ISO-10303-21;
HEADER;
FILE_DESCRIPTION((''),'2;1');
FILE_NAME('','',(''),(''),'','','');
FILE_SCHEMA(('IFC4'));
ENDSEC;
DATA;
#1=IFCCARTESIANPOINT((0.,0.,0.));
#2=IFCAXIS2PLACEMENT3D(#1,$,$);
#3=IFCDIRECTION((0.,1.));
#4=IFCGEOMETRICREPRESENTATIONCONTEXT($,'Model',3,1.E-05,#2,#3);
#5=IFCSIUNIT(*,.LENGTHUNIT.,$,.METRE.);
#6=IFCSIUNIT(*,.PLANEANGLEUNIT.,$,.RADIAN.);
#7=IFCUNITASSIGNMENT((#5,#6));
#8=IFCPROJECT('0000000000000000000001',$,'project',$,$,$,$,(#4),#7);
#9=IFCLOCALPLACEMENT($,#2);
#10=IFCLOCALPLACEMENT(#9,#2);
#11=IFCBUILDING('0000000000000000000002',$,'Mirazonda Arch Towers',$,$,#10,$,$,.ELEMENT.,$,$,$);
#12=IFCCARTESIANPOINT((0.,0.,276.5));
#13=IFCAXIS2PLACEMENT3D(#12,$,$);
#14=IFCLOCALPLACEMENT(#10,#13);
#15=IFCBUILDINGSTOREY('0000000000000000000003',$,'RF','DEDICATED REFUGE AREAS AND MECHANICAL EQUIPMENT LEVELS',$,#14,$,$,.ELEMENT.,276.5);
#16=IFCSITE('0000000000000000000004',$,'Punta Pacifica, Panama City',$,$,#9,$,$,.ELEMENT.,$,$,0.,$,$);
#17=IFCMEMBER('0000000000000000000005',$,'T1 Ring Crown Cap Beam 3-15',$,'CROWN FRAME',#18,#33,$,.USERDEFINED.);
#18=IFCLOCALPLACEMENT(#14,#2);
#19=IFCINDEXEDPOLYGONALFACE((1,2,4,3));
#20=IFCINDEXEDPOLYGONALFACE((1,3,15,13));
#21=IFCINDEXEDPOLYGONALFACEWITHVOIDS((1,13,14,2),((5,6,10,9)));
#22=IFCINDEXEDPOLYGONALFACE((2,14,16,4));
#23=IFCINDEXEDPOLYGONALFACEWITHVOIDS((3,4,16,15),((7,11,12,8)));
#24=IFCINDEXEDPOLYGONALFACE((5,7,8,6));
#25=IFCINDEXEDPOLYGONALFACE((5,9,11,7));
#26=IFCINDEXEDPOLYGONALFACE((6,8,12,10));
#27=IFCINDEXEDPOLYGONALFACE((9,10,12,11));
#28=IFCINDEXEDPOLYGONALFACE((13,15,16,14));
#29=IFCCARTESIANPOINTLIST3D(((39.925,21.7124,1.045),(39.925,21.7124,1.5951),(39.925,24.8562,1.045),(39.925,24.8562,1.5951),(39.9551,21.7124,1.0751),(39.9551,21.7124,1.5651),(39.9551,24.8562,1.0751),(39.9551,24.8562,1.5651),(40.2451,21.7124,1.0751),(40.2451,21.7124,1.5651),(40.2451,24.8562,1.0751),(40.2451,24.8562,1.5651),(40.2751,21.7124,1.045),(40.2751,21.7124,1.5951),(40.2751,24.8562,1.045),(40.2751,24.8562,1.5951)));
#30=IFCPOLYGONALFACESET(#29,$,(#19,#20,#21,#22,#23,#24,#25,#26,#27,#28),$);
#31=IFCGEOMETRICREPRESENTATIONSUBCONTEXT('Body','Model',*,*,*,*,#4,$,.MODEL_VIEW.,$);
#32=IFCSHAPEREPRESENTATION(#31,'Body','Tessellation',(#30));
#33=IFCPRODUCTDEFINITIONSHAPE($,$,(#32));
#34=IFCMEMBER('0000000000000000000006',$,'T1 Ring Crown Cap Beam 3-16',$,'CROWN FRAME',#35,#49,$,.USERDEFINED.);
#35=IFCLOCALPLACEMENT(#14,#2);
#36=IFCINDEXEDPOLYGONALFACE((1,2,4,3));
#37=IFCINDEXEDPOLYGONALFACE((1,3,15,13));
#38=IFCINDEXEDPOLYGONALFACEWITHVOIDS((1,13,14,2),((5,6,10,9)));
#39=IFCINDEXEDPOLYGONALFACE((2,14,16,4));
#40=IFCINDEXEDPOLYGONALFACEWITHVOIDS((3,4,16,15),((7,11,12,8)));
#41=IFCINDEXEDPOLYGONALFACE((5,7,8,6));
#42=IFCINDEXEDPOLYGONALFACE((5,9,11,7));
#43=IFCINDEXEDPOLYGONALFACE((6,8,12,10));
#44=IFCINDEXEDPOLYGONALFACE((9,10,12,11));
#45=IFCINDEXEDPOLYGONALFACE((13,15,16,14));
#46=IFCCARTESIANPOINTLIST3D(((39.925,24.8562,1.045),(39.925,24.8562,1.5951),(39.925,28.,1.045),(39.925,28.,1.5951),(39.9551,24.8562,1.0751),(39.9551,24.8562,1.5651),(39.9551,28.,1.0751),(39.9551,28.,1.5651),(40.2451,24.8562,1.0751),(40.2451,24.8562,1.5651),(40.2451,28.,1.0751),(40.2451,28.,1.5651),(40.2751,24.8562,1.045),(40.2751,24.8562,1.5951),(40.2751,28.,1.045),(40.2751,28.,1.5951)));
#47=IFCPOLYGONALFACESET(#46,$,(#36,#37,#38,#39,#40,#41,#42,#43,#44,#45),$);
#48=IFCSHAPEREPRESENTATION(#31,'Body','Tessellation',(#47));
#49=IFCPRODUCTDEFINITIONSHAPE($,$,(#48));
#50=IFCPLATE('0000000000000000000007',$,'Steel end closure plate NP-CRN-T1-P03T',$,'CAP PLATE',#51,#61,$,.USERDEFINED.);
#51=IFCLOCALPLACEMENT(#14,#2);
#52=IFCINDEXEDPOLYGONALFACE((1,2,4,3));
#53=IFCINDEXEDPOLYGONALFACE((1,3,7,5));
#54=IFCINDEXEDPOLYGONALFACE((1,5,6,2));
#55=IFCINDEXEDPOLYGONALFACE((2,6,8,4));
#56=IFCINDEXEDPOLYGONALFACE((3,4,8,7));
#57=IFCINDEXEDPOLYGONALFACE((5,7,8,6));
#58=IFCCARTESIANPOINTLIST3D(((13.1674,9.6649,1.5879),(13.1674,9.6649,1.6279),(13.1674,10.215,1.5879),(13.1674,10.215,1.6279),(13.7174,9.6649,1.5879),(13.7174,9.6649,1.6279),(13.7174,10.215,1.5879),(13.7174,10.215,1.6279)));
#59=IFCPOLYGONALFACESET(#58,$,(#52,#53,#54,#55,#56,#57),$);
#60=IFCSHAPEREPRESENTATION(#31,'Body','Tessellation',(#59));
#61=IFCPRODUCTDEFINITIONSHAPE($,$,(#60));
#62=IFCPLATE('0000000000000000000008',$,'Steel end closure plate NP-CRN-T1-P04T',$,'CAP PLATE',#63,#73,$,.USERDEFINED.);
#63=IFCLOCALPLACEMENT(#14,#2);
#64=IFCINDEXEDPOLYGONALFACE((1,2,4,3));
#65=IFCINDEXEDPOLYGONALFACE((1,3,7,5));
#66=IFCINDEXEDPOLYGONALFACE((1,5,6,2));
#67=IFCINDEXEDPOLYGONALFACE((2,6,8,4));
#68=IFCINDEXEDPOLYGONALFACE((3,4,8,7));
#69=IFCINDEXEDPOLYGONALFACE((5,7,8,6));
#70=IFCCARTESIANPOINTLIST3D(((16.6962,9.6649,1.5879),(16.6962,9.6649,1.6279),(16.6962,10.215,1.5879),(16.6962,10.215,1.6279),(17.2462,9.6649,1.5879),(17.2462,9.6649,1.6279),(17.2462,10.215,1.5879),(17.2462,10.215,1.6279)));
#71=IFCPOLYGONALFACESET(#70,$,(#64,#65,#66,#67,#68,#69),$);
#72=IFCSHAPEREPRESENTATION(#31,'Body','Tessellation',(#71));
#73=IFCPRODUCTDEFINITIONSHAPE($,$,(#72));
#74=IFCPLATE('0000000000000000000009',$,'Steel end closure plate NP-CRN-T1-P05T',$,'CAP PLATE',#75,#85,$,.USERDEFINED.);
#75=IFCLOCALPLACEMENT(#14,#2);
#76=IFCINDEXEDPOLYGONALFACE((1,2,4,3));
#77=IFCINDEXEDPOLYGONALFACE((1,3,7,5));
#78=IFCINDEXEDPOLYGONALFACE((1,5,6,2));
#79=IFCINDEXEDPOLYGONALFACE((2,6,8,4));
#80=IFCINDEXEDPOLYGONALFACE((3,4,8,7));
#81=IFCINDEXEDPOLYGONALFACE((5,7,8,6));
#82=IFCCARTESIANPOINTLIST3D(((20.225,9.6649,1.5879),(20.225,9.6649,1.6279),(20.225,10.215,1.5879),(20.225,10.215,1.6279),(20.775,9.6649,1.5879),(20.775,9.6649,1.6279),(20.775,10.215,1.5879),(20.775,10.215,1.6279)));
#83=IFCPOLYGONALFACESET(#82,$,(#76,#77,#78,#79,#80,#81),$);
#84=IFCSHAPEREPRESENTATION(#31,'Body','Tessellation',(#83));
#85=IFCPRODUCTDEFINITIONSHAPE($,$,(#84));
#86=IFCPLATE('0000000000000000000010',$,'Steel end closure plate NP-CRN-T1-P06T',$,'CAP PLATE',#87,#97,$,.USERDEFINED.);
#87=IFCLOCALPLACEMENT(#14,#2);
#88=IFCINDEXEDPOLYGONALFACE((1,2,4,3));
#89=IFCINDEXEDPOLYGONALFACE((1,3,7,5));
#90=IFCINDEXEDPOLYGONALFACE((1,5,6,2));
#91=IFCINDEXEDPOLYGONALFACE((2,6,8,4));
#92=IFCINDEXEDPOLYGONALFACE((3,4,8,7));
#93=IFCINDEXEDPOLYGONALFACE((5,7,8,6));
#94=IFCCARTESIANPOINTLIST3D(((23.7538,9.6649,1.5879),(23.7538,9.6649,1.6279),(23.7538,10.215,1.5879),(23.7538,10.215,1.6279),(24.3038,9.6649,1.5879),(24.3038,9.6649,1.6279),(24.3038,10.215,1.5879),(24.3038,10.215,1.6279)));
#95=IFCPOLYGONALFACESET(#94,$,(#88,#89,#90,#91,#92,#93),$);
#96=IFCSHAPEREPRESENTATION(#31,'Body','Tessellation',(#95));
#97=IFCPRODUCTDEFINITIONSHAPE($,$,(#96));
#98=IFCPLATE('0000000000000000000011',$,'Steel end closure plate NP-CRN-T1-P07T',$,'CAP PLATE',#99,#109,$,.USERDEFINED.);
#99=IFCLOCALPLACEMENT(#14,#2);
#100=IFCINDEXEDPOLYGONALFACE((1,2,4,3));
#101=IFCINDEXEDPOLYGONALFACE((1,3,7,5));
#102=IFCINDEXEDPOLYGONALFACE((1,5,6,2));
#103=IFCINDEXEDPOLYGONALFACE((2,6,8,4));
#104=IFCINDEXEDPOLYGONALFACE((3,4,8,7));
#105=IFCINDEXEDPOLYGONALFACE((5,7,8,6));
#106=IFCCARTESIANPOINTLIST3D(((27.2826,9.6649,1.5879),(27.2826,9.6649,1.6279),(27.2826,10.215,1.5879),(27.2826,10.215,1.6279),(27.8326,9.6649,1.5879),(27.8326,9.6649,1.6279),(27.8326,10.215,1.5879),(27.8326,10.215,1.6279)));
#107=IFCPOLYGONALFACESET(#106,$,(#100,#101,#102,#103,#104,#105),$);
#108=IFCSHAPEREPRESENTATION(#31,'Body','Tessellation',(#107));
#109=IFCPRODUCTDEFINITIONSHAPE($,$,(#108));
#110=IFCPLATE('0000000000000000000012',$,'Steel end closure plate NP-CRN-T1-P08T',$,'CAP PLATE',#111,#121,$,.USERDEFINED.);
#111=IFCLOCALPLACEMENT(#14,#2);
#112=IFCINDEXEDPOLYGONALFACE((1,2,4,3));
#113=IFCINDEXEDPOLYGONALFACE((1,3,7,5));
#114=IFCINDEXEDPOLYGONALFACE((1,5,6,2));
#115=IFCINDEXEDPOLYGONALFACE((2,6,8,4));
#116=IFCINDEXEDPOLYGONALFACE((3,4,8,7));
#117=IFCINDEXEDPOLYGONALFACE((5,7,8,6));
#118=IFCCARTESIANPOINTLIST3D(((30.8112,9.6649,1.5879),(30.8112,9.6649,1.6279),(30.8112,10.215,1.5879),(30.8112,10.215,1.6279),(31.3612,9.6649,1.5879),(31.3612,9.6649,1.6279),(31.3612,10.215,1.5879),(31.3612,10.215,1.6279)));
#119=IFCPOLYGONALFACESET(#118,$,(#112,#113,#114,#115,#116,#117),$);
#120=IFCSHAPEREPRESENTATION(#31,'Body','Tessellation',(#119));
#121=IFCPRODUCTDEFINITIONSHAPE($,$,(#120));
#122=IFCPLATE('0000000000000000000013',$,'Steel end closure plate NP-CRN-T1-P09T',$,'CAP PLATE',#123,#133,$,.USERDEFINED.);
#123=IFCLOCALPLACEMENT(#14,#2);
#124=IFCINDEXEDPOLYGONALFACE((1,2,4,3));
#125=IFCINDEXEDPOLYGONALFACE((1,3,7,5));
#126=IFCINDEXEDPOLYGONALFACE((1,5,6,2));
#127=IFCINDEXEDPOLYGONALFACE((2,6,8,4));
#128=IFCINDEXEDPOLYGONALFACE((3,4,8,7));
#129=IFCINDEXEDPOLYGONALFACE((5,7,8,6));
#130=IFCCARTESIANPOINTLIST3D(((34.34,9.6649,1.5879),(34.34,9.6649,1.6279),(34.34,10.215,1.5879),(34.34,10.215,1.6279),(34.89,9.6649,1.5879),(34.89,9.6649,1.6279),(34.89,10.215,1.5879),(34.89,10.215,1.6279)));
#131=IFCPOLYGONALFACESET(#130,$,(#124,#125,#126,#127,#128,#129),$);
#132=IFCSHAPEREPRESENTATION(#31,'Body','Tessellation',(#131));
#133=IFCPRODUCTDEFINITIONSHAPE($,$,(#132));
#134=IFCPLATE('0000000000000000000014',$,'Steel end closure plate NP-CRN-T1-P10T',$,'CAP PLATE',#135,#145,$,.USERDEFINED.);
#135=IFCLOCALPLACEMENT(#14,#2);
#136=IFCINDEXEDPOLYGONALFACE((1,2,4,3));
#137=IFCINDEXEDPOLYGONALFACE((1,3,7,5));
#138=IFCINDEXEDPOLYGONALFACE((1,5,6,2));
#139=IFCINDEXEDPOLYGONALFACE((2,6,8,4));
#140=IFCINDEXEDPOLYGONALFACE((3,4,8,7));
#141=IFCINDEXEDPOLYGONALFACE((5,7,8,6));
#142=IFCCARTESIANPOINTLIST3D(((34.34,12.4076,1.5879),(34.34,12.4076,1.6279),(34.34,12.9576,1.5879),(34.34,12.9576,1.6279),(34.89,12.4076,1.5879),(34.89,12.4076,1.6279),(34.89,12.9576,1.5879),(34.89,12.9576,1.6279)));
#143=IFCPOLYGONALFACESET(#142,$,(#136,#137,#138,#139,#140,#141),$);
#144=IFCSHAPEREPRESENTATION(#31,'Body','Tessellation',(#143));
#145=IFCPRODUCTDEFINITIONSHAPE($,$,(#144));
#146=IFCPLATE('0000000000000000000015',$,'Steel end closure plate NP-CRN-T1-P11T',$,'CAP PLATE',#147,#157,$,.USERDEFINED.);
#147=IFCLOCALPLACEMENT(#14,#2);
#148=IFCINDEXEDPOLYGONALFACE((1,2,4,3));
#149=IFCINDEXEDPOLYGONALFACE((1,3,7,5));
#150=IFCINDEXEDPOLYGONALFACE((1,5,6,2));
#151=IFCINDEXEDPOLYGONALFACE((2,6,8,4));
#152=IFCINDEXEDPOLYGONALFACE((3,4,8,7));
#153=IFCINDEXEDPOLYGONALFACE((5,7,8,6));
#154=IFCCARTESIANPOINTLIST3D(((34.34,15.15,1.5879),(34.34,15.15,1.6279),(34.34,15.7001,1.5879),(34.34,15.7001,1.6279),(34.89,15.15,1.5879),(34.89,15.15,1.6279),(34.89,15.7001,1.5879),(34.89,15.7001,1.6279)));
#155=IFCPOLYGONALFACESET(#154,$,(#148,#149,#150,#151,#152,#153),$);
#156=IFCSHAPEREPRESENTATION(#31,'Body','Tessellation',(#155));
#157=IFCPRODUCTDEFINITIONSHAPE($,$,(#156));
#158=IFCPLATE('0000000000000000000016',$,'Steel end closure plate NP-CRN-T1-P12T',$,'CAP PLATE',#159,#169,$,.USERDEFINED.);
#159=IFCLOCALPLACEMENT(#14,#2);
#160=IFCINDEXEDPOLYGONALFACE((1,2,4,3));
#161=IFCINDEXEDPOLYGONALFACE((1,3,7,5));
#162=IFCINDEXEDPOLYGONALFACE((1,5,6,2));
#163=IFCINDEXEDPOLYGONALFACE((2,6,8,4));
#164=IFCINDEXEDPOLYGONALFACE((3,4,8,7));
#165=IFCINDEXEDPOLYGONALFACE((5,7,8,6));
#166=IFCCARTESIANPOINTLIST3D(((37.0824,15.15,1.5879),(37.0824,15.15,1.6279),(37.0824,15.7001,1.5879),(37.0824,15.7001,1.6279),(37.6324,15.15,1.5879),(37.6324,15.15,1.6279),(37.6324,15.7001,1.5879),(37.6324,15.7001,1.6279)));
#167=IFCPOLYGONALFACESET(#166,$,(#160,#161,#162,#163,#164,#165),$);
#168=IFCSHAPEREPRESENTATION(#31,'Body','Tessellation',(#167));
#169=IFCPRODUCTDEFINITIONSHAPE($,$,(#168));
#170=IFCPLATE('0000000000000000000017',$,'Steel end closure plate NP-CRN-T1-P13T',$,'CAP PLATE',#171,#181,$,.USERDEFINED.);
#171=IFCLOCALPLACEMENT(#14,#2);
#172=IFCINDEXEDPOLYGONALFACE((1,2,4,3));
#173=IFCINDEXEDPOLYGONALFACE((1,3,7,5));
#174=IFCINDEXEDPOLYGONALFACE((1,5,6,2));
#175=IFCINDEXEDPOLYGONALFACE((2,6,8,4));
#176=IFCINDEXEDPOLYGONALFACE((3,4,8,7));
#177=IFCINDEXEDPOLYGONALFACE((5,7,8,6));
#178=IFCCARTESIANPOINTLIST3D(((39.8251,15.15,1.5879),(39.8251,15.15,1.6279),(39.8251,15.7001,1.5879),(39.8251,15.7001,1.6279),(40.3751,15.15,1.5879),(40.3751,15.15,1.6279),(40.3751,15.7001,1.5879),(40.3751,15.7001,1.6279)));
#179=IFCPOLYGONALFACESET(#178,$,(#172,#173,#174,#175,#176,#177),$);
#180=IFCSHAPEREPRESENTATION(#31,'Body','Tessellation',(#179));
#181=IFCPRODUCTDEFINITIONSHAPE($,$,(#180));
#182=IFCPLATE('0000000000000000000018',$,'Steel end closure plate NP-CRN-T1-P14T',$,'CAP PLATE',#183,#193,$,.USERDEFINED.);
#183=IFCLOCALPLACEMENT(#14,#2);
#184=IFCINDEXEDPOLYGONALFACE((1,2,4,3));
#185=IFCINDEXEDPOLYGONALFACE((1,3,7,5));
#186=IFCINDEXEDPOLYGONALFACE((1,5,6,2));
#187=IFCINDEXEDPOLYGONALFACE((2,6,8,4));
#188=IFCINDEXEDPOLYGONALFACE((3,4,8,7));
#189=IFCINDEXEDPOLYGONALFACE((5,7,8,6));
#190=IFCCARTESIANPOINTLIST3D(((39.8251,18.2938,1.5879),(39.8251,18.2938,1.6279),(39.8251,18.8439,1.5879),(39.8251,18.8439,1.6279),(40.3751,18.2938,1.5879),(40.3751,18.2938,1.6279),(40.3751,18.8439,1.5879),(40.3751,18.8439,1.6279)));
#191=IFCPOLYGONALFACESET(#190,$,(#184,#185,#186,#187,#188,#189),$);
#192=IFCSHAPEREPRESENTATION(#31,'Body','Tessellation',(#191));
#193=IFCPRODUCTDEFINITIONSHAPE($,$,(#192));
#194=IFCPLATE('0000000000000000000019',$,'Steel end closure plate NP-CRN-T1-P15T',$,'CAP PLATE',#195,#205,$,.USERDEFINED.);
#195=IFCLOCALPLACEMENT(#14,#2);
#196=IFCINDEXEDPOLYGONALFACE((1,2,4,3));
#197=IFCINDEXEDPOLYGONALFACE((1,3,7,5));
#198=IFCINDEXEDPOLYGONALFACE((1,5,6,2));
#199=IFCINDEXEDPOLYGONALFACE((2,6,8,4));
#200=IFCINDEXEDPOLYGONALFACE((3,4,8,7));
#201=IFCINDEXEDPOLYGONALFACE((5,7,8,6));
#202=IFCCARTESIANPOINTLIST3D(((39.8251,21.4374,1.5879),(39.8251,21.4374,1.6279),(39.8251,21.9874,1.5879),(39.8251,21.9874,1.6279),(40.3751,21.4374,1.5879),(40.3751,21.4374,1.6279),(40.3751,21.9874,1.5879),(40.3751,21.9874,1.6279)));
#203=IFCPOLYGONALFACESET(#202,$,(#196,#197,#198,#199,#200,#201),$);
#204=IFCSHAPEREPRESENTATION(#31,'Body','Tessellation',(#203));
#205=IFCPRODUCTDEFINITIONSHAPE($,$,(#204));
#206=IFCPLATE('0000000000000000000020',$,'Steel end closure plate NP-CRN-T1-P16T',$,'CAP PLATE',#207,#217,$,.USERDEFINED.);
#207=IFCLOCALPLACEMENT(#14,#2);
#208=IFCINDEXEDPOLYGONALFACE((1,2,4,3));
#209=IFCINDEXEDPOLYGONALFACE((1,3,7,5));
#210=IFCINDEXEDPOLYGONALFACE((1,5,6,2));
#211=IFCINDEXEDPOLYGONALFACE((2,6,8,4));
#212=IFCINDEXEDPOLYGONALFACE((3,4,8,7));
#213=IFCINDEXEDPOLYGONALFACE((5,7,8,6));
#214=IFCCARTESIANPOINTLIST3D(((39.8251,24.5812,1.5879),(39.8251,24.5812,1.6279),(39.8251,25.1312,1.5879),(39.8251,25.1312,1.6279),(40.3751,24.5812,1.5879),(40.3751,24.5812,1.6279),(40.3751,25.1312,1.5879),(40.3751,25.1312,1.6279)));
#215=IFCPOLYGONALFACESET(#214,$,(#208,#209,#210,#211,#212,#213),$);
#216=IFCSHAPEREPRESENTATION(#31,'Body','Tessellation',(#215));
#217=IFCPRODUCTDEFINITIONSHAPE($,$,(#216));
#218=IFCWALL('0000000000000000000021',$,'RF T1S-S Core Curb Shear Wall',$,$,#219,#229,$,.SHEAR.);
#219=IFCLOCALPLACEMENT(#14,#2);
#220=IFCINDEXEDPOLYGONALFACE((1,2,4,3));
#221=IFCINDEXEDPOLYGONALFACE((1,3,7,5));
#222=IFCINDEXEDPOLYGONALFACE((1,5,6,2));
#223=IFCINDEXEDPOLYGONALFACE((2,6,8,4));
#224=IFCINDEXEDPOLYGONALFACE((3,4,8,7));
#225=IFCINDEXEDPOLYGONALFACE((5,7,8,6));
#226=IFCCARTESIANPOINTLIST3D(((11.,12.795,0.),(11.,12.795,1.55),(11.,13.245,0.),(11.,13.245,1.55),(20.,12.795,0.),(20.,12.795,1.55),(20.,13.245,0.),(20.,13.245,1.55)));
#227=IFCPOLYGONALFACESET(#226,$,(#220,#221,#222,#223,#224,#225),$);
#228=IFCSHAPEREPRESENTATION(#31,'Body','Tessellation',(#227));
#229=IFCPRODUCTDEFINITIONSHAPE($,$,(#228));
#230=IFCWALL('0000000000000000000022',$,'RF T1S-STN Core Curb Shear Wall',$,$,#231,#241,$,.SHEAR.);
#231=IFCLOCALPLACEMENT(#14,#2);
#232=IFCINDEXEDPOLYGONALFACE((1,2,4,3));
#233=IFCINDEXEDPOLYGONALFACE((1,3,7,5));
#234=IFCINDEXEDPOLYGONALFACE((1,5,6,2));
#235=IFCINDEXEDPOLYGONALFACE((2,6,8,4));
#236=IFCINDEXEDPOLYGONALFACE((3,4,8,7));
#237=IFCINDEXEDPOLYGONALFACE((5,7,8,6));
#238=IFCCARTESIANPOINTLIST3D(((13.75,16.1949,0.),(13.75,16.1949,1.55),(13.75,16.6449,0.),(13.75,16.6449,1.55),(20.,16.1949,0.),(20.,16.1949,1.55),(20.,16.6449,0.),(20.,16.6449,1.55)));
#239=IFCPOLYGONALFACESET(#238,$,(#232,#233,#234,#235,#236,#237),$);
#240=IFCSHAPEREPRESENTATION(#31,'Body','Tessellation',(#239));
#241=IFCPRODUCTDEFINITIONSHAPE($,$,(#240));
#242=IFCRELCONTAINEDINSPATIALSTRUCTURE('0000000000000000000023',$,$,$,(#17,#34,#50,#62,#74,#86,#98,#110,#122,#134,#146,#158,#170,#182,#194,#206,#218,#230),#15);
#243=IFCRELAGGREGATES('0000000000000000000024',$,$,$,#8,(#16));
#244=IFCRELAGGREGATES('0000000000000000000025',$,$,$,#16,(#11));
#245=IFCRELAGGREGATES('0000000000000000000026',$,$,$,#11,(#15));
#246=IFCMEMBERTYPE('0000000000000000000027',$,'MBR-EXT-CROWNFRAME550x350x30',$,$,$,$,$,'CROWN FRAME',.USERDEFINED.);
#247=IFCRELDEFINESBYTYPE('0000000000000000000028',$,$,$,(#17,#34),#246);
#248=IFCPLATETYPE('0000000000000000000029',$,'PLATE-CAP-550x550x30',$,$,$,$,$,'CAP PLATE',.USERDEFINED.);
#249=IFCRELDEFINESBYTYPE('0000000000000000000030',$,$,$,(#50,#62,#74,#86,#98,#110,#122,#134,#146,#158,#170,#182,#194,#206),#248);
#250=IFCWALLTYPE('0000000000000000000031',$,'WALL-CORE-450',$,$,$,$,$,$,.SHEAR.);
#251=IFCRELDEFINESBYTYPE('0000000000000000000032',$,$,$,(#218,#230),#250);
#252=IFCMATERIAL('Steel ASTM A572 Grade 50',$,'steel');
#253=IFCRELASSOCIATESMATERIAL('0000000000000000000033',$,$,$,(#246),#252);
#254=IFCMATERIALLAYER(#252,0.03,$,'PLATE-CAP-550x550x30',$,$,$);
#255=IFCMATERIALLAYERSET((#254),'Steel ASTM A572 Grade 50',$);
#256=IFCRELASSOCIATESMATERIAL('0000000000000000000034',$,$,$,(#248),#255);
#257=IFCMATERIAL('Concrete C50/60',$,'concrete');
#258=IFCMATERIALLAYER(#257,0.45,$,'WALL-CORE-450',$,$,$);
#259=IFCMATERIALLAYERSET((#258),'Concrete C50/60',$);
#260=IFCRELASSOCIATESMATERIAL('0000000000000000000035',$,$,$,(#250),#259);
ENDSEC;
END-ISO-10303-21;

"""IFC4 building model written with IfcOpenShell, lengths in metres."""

from ifc_helpers import new_model, si_unit, direction, frame, frame_2d, origin, origin_2d, place, context, subcontext, project, spatial, rectangle, hollow_rectangle, extrude, material, layer, layer_set, material_profile, profile_set, type_object, element, save


model = new_model("IFC4")

# Units and contexts
model_context = context("Model", 3, precision=1e-05, world=origin(), true_north=direction((0.0, 1.0)))
body_context = subcontext(model_context, "Body", "Model", "MODEL_VIEW")
ifc_project = project(units=[si_unit("LENGTHUNIT", "METRE"), si_unit("PLANEANGLEUNIT", "RADIAN")], contexts=[model_context])

# Site, building, storey
site_placement = place(None, origin())
site = spatial("IfcSite", under=ifc_project, at=site_placement, Name="Punta Pacifica, Panama City", CompositionType="ELEMENT", RefElevation=0.0)
building_placement = place(site_placement, origin())
building = spatial("IfcBuilding", under=site, at=building_placement, Name="Mirazonda Arch Towers", CompositionType="ELEMENT")
storey_placement = place(building_placement, frame((0.0, 0.0, 276.5)))
storey = spatial("IfcBuildingStorey", under=building, at=storey_placement, Name="RF", Description="DEDICATED REFUGE AREAS AND MECHANICAL EQUIPMENT LEVELS", CompositionType="ELEMENT", Elevation=276.5)

# Members
ifc_material_1 = material(Name="Steel ASTM A572 Grade 50", Category="steel")
ifc_material_profile = material_profile(ifc_material_1, hollow_rectangle(XDim=0.3501, YDim=0.55, WallThickness=0.03, at=origin_2d()), Name="CROWNFRAME550x350x30")
ifc_profile_set = profile_set([ifc_material_profile], Name="Steel ASTM A572 Grade 50")
member_type = type_object("IfcMemberType", Name="MBR-EXT-CROWNFRAME550x350x30", ElementType="CROWN FRAME", PredefinedType="USERDEFINED", material=ifc_profile_set)
for number, where, z_axis, x_axis, name in (
    (1, (40.1001, 21.7124, 1.3201), (0.0, 1.0, 0.0), (-1.0, 0.0, 0.0), "T1 Ring Crown Cap Beam 3-15"),
    (2, (40.1001, 24.8562, 1.3201), (0.0, 1.0, 0.0), (-1.0, 0.0, 0.0), "T1 Ring Crown Cap Beam 3-16"),
):
    element("IfcMember", number, at=place(storey_placement, frame(where, z_axis=z_axis, x_axis=x_axis)), inside=storey, type_object=member_type, Name=name, ObjectType="CROWN FRAME", PredefinedType="USERDEFINED", context=body_context, shape_type="SweptSolid", body=[
        extrude(hollow_rectangle(XDim=0.3501, YDim=0.55, WallThickness=0.03, at=origin_2d()), origin(), (0.0, 0.0, 1.0), 3.1438),
    ])

# Plates
ifc_layer_1 = layer(ifc_material_1, 0.03, Name="PLATE-CAP-550x550x30")
ifc_layer_set_1 = layer_set([ifc_layer_1], Name="Steel ASTM A572 Grade 50")
plate_type = type_object("IfcPlateType", Name="PLATE-CAP-550x550x30", ElementType="CAP PLATE", PredefinedType="USERDEFINED", material=ifc_layer_set_1)
for number, where, z_axis, x_axis, name in (
    (3, (13.4424, 9.9399, 1.5879), (0.0, 0.0, 1.0), (1.0, 0.0, 0.0), "Steel end closure plate NP-CRN-T1-P03T"),
    (4, (16.9712, 9.9399, 1.5879), (0.0, 0.0, 1.0), (1.0, 0.0, 0.0), "Steel end closure plate NP-CRN-T1-P04T"),
    (5, (20.5, 9.9399, 1.5879), (0.0, 0.0, 1.0), (1.0, 0.0, 0.0), "Steel end closure plate NP-CRN-T1-P05T"),
    (6, (24.0288, 9.9399, 1.5879), (0.0, 0.0, 1.0), (1.0, 0.0, 0.0), "Steel end closure plate NP-CRN-T1-P06T"),
    (7, (27.5576, 9.9399, 1.5879), (0.0, 0.0, 1.0), (1.0, 0.0, 0.0), "Steel end closure plate NP-CRN-T1-P07T"),
    (8, (31.0862, 9.9399, 1.5879), (0.0, 0.0, 1.0), (1.0, 0.0, 0.0), "Steel end closure plate NP-CRN-T1-P08T"),
    (9, (34.615, 9.9399, 1.5879), (0.0, 0.0, 1.0), (1.0, 0.0, 0.0), "Steel end closure plate NP-CRN-T1-P09T"),
    (10, (34.615, 12.6826, 1.5879), (0.0, 0.0, 1.0), (1.0, 0.0, 0.0), "Steel end closure plate NP-CRN-T1-P10T"),
    (11, (34.615, 15.425, 1.5879), (0.0, 0.0, 1.0), (1.0, 0.0, 0.0), "Steel end closure plate NP-CRN-T1-P11T"),
    (12, (37.3574, 15.425, 1.5879), (0.0, 0.0, 1.0), (1.0, 0.0, 0.0), "Steel end closure plate NP-CRN-T1-P12T"),
    (13, (40.1001, 15.425, 1.5879), (0.0, 0.0, 1.0), (1.0, 0.0, 0.0), "Steel end closure plate NP-CRN-T1-P13T"),
    (14, (40.1001, 18.5688, 1.5879), (0.0, 0.0, 1.0), (1.0, 0.0, 0.0), "Steel end closure plate NP-CRN-T1-P14T"),
    (15, (40.1001, 21.7124, 1.5879), (0.0, 0.0, 1.0), (1.0, 0.0, 0.0), "Steel end closure plate NP-CRN-T1-P15T"),
    (16, (40.1001, 24.8562, 1.5879), (0.0, 0.0, 1.0), (1.0, 0.0, 0.0), "Steel end closure plate NP-CRN-T1-P16T"),
):
    element("IfcPlate", number, at=place(storey_placement, frame(where, z_axis=z_axis, x_axis=x_axis)), inside=storey, type_object=plate_type, Name=name, ObjectType="CAP PLATE", PredefinedType="USERDEFINED", context=body_context, shape_type="SweptSolid", body=[
        extrude(rectangle(XDim=0.55, YDim=0.55, at=origin_2d()), origin(), (0.0, 0.0, 1.0), 0.04),
    ])

# Walls
ifc_material_2 = material(Name="Concrete C50/60", Category="concrete")
ifc_layer_2 = layer(ifc_material_2, 0.45, Name="WALL-CORE-450")
ifc_layer_set_2 = layer_set([ifc_layer_2], Name="Concrete C50/60")
wall_type_1 = type_object("IfcWallType", Name="WALL-CORE-450", PredefinedType="SHEAR", material=ifc_layer_set_2)
wall_1_placement = place(storey_placement, frame((11.0, 13.02, 0.0), z_axis=(0.0, 0.0, 1.0), x_axis=(1.0, 0.0, 0.0)))
element("IfcWall", 17, at=wall_1_placement, inside=storey, type_object=wall_type_1, Name="RF T1S-S Core Curb Shear Wall", PredefinedType="SHEAR", context=body_context, shape_type="SweptSolid", body=[
    extrude(rectangle(XDim=9.0, YDim=0.45, at=frame_2d((4.5, 0.0))), origin(), (0.0, 0.0, 1.0), 1.55),
])
wall_2_placement = place(storey_placement, frame((13.75, 16.4199, 0.0), z_axis=(0.0, 0.0, 1.0), x_axis=(1.0, 0.0, 0.0)))
element("IfcWall", 18, at=wall_2_placement, inside=storey, type_object=wall_type_1, Name="RF T1S-STN Core Curb Shear Wall", PredefinedType="SHEAR", context=body_context, shape_type="SweptSolid", body=[
    extrude(rectangle(XDim=6.25, YDim=0.45, at=frame_2d((3.125, 0.0))), origin(), (0.0, 0.0, 1.0), 1.55),
])

save(model, "model.ifc")
